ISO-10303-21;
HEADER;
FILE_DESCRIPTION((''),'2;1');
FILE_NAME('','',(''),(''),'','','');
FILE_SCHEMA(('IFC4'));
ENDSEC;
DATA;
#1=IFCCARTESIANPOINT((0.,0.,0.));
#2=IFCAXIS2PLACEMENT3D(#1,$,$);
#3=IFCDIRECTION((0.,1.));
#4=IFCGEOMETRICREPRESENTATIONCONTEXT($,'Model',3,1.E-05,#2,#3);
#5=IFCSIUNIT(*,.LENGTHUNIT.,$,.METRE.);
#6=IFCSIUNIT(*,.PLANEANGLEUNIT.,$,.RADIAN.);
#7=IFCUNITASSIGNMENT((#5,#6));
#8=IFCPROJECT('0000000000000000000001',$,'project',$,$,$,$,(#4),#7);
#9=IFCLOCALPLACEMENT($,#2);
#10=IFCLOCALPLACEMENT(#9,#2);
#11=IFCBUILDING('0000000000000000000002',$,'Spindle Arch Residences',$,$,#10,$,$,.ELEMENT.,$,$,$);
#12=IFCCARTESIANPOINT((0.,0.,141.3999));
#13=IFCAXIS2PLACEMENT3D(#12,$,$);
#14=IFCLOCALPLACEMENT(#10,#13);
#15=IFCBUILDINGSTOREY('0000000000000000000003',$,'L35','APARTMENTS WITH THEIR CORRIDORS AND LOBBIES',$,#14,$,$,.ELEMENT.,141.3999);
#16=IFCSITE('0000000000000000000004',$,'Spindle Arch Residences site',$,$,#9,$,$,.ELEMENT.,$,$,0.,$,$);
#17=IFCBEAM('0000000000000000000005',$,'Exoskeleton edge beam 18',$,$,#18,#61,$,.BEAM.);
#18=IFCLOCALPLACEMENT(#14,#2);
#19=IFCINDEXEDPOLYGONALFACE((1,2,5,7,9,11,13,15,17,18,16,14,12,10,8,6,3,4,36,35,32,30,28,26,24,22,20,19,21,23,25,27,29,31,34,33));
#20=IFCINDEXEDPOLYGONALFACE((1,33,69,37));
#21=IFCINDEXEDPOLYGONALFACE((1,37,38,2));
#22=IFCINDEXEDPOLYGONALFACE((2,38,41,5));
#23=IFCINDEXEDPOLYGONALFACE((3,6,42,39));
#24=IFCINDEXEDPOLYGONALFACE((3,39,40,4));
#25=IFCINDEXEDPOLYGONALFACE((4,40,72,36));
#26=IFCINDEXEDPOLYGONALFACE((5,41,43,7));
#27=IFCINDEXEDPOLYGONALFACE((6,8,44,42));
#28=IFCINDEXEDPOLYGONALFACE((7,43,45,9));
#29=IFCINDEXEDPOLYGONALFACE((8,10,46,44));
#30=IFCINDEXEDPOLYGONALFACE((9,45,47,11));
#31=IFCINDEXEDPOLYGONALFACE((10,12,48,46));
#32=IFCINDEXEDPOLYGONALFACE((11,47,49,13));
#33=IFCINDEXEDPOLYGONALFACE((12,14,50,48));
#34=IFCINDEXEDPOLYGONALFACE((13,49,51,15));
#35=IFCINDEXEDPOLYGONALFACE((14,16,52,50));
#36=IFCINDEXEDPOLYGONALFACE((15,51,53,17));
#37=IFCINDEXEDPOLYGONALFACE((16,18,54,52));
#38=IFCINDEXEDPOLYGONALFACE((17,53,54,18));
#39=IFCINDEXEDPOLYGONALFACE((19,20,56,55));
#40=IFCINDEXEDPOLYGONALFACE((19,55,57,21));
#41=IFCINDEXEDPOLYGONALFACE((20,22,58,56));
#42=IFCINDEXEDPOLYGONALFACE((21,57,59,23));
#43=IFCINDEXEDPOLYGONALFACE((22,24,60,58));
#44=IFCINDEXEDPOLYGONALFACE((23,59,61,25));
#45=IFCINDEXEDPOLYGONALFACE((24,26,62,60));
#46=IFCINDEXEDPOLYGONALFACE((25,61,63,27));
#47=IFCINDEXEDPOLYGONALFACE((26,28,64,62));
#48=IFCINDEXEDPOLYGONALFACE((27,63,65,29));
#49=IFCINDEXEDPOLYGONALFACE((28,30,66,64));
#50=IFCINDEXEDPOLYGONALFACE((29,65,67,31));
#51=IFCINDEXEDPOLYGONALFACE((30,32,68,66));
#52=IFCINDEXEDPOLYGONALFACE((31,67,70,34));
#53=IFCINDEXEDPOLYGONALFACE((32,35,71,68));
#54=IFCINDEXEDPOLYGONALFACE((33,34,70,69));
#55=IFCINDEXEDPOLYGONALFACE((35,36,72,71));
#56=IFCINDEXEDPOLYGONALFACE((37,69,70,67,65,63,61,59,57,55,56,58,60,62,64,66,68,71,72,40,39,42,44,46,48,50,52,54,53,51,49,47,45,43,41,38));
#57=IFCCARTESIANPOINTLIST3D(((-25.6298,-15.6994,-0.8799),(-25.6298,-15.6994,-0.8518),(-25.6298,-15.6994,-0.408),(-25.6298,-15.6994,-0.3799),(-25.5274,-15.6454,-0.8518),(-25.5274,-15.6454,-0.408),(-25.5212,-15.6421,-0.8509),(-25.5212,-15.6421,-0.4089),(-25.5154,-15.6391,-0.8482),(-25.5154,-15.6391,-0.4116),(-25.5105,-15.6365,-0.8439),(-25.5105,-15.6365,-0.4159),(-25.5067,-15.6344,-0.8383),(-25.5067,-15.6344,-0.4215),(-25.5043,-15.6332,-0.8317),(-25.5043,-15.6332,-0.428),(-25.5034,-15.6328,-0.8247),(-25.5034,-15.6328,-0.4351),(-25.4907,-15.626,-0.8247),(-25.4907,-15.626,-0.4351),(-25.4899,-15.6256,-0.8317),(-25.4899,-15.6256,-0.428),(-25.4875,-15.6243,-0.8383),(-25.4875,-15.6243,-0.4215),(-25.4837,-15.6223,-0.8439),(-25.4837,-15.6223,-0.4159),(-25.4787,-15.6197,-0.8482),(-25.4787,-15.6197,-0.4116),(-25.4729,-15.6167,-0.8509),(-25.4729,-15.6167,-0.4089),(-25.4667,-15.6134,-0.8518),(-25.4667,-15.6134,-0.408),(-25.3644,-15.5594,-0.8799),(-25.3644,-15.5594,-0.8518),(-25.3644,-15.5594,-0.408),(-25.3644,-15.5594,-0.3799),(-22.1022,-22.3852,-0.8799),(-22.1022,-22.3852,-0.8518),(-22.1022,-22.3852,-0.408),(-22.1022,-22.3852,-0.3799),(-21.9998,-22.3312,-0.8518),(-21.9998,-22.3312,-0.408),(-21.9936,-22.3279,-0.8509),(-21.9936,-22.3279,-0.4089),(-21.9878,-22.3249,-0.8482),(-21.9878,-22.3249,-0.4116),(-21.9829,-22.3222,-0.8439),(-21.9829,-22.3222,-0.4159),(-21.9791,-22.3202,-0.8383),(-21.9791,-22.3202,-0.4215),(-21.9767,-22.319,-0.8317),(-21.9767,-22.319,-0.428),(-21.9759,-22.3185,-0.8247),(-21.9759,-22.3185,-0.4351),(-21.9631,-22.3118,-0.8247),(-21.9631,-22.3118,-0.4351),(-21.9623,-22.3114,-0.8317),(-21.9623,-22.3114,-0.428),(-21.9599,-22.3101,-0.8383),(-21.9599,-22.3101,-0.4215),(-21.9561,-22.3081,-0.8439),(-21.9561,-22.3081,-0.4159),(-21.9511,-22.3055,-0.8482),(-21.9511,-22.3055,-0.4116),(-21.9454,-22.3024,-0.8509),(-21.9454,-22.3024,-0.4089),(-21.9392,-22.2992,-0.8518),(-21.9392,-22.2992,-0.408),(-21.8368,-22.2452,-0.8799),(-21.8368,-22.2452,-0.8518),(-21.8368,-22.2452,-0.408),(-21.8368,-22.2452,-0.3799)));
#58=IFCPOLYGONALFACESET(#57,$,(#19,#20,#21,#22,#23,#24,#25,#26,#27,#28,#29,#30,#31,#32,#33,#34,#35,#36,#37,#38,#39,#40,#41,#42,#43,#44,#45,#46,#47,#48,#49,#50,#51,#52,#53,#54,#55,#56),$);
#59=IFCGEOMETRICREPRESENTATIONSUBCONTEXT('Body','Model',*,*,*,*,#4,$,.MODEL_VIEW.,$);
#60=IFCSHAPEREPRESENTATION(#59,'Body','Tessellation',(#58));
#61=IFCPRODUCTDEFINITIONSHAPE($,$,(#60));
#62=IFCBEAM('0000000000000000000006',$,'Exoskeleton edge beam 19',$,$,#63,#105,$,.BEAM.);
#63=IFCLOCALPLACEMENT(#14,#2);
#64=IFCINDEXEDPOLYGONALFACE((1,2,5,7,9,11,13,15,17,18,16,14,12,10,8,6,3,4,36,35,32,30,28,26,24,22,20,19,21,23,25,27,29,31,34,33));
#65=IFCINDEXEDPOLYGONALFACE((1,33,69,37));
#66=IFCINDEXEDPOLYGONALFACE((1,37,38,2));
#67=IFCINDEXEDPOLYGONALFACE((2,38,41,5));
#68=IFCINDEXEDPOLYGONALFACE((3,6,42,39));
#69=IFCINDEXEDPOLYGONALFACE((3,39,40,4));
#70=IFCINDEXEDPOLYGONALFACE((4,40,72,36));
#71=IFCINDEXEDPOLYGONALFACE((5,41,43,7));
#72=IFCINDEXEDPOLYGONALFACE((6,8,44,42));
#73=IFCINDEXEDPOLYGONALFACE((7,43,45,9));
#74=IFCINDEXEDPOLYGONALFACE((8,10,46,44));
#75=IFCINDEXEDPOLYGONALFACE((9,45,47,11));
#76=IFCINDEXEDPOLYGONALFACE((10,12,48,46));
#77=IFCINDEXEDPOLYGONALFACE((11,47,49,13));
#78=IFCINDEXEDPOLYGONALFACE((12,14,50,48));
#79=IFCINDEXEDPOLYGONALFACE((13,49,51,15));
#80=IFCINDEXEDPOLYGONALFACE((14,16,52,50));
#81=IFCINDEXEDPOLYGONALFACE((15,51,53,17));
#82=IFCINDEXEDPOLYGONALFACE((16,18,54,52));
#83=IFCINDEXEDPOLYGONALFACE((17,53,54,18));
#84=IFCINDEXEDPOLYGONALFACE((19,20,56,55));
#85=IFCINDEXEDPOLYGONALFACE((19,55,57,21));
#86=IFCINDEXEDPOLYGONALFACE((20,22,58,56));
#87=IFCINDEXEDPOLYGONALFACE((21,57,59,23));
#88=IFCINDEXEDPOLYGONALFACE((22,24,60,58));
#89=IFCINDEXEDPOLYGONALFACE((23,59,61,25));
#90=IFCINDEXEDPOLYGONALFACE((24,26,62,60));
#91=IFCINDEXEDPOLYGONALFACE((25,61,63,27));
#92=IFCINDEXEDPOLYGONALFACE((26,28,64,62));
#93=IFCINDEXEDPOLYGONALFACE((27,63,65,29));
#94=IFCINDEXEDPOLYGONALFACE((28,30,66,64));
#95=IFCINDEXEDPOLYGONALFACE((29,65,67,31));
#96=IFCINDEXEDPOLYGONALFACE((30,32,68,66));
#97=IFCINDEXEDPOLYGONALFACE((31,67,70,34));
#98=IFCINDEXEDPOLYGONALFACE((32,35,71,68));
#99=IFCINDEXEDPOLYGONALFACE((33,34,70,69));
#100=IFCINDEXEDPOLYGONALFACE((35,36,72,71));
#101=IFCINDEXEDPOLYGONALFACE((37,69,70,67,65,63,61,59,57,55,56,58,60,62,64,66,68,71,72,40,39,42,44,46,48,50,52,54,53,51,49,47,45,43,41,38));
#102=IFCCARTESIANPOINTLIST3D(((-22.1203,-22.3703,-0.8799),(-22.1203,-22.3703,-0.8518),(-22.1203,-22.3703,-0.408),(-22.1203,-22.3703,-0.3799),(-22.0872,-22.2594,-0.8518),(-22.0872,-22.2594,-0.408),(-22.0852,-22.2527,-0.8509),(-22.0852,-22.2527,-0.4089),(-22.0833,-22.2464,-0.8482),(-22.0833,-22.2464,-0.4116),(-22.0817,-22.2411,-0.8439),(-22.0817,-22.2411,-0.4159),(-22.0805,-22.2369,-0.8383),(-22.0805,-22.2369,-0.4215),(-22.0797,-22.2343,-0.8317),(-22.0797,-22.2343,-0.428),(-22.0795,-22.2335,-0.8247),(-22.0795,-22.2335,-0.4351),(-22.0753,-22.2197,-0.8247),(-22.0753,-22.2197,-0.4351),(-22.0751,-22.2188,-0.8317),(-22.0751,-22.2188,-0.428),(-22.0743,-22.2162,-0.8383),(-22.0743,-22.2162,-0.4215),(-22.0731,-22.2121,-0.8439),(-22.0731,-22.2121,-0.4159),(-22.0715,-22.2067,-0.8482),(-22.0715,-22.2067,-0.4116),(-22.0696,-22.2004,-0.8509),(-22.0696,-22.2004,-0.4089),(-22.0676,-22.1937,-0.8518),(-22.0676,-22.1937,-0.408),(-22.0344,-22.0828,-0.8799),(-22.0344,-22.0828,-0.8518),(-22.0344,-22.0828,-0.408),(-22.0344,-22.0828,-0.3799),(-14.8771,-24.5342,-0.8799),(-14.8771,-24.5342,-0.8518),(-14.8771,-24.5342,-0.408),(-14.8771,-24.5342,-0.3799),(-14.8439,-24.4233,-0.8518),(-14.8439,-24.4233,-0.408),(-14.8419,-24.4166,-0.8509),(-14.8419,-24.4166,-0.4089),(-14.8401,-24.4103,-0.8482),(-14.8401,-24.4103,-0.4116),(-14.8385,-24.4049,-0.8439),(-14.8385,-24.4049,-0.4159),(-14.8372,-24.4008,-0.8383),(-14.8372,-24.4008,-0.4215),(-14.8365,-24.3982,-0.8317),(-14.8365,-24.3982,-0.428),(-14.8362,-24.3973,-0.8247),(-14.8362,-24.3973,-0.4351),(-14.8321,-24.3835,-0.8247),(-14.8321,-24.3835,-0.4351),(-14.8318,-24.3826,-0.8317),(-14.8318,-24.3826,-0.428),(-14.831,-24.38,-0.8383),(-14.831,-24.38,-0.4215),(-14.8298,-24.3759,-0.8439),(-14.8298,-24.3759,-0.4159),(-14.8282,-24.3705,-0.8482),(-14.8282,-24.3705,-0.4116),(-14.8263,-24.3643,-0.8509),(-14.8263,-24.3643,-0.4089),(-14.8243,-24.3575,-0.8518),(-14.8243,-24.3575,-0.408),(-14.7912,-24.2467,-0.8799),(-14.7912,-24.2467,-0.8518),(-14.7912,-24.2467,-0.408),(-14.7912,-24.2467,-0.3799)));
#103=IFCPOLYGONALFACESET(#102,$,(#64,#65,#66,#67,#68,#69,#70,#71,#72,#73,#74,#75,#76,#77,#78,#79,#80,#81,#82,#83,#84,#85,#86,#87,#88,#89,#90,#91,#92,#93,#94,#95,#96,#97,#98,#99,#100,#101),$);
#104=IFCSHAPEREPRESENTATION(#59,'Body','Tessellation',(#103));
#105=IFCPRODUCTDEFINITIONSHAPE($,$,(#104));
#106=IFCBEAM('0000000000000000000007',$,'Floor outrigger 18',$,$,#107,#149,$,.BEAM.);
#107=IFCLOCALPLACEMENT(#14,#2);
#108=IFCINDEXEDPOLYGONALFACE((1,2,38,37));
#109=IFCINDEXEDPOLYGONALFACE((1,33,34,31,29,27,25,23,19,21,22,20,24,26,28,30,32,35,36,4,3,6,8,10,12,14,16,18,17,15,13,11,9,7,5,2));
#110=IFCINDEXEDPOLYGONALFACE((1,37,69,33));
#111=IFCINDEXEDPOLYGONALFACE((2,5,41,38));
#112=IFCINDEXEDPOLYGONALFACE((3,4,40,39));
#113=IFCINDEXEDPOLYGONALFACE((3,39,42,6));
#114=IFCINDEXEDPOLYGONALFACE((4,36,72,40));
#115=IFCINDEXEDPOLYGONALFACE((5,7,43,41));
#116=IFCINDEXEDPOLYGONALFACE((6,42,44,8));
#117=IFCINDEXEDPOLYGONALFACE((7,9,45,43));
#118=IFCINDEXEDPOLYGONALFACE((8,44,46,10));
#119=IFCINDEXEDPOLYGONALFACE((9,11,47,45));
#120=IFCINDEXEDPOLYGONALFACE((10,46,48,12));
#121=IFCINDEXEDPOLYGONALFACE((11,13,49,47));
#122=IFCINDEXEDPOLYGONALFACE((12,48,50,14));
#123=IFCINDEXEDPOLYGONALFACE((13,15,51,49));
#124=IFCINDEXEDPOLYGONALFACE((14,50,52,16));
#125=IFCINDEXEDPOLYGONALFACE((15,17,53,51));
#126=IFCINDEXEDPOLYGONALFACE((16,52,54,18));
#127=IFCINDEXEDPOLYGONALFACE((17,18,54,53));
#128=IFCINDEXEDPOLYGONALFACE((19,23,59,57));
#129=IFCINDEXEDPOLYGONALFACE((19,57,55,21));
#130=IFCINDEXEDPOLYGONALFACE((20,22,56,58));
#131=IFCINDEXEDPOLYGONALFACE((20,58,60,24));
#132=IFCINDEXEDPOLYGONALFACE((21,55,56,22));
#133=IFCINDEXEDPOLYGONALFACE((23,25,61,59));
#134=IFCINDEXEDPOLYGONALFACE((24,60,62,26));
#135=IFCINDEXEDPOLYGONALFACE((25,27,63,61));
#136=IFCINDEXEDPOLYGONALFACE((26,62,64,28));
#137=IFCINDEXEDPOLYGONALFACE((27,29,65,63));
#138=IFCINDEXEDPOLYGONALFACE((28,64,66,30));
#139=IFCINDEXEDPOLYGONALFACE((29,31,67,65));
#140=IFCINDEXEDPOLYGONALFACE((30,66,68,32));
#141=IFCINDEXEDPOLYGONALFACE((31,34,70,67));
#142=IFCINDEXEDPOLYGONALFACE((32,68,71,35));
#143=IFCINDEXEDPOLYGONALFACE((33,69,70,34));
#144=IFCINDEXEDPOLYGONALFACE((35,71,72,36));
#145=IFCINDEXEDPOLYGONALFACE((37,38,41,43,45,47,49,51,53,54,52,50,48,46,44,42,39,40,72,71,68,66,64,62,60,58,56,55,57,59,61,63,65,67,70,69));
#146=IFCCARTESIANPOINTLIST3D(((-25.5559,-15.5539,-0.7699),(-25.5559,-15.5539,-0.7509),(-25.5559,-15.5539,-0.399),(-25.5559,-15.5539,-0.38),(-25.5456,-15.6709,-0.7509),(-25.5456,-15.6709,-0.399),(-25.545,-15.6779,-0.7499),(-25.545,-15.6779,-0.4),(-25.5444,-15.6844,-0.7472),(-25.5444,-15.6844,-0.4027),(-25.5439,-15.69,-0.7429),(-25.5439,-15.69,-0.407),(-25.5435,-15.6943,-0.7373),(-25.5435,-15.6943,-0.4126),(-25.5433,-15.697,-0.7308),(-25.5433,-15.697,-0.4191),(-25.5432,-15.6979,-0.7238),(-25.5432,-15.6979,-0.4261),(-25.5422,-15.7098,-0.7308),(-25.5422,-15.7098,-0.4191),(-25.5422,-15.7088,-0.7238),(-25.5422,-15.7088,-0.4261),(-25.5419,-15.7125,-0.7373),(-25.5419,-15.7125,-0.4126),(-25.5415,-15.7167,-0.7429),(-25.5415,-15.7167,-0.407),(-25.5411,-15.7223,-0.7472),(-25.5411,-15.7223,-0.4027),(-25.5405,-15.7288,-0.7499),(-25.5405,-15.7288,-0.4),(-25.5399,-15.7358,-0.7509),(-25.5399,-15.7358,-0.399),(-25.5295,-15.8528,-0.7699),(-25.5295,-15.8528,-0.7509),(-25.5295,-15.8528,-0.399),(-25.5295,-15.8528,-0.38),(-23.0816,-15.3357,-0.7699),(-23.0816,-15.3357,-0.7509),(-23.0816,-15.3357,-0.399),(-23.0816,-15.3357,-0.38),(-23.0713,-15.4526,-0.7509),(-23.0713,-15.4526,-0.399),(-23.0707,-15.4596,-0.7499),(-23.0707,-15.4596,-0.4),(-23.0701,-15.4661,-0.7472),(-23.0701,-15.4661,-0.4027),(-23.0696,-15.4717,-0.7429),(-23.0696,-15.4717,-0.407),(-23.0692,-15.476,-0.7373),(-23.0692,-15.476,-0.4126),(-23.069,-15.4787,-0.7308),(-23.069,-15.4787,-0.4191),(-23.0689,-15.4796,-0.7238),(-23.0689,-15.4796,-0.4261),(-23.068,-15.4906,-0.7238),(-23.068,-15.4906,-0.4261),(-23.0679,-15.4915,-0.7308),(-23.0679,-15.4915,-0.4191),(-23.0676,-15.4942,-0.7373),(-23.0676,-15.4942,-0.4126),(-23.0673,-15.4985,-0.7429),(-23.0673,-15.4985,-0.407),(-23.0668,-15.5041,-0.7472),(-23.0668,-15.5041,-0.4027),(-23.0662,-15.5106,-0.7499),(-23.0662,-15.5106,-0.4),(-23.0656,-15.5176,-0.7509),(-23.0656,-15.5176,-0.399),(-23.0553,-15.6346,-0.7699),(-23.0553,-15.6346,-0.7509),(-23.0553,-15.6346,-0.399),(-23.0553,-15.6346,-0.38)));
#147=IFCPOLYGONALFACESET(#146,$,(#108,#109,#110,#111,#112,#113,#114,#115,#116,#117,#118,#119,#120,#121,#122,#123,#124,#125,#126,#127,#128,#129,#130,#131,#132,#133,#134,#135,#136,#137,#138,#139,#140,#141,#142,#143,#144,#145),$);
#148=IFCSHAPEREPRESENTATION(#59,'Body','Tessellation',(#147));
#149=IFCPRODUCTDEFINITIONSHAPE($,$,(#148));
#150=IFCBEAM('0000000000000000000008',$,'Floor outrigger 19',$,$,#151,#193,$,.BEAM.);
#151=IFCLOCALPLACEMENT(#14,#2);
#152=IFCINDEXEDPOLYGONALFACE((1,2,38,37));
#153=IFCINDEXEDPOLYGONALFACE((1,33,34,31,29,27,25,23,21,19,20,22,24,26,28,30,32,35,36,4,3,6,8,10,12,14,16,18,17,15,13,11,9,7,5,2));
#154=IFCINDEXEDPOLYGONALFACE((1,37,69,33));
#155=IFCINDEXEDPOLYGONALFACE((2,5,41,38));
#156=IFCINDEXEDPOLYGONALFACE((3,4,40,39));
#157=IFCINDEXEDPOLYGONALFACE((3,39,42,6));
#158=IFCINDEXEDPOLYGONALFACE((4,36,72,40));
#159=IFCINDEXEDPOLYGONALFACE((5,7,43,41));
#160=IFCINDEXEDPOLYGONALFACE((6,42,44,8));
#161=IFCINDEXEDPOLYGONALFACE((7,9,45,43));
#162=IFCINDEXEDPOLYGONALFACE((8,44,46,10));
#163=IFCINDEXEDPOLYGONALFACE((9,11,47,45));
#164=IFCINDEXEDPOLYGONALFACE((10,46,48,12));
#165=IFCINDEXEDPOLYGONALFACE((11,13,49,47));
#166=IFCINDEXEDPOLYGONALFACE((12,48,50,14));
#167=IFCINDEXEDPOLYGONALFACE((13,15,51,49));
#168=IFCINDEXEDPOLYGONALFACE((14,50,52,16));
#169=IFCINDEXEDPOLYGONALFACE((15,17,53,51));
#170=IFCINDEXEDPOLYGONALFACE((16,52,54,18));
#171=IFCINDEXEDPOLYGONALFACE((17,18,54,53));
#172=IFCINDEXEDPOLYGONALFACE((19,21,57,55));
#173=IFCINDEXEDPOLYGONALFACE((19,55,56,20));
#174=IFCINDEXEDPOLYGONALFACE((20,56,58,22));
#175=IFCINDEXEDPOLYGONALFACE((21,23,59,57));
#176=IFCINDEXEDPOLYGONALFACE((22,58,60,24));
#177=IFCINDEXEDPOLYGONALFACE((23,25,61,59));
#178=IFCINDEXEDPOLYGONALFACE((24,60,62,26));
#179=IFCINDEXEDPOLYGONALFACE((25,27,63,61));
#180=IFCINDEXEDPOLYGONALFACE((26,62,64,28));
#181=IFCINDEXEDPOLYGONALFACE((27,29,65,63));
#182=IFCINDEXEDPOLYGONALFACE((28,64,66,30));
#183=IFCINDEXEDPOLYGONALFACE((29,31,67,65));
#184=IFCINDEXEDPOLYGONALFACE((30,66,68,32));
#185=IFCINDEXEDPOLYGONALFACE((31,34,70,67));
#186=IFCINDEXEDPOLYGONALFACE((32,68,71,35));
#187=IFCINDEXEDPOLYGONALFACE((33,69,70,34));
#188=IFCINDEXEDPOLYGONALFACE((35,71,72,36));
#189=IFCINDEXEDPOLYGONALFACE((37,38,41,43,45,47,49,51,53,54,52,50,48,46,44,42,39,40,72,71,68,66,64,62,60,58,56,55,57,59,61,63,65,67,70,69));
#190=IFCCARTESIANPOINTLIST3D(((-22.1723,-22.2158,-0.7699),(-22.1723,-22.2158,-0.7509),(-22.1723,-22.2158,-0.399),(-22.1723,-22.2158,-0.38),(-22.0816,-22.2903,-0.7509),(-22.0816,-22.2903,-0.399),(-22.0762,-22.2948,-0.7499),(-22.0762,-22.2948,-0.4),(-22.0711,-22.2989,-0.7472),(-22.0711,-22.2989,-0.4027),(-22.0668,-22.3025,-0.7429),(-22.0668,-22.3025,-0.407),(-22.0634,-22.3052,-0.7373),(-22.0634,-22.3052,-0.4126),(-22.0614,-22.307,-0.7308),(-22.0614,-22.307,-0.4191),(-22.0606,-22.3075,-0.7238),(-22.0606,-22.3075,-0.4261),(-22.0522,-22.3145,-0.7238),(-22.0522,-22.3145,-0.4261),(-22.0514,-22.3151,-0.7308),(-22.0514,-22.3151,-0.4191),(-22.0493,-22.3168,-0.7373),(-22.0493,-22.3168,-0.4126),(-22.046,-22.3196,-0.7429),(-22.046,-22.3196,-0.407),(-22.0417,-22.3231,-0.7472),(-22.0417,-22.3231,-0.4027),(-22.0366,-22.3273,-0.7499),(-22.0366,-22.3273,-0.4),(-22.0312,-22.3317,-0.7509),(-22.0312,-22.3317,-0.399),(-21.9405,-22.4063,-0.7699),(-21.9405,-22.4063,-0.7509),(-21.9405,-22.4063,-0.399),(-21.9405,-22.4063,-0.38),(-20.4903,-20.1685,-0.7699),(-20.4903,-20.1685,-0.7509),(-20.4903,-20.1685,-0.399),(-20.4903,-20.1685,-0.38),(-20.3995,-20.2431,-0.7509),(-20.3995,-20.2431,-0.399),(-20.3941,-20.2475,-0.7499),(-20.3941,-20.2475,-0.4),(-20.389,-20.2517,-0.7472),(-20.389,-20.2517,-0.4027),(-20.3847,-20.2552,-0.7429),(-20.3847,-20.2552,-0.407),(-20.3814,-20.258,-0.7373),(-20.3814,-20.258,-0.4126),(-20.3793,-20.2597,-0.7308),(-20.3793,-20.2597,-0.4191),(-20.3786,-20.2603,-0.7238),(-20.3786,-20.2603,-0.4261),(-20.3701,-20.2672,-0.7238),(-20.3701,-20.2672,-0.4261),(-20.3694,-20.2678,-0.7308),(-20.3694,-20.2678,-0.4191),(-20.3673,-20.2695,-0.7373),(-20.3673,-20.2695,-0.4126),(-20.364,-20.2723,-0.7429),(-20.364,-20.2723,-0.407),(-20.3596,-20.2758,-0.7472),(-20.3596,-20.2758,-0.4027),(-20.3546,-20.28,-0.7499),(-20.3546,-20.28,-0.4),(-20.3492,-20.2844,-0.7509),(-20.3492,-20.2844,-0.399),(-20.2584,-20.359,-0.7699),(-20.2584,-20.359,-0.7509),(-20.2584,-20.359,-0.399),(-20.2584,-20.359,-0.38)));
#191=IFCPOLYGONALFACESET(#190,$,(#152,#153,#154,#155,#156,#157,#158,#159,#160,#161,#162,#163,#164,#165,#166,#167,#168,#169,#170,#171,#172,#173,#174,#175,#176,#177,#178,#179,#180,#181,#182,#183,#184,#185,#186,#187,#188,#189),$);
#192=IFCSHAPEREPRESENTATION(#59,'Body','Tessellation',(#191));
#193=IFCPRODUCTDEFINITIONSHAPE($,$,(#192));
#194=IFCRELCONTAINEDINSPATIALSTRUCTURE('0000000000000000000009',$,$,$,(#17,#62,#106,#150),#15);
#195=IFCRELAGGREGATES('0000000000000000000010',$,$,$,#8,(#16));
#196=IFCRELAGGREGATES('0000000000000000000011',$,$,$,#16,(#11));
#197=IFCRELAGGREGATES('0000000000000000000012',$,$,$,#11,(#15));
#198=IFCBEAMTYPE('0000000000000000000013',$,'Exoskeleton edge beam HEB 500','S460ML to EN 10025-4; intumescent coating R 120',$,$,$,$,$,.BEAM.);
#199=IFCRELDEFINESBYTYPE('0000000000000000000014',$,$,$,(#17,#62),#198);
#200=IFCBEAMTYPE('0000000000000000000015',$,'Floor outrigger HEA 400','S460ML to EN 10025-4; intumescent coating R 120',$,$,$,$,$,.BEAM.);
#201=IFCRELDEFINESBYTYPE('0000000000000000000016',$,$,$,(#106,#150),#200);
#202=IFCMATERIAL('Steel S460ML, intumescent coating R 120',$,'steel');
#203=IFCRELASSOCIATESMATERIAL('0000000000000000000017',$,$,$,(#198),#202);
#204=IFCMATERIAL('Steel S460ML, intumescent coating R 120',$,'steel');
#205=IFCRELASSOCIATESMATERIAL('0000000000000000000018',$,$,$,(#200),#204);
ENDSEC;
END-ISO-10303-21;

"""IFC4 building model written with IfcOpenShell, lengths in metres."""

from ifc_helpers import new_model, si_unit, direction, frame, origin, origin_2d, place, context, subcontext, project, spatial, i_section, extrude, material, material_profile, profile_set, type_object, element, save


model = new_model("IFC4")

# Units and contexts
model_context = context("Model", 3, precision=1e-05, world=origin(), true_north=direction((0.0, 1.0)))
body_context = subcontext(model_context, "Body", "Model", "MODEL_VIEW")
ifc_project = project(units=[si_unit("LENGTHUNIT", "METRE"), si_unit("PLANEANGLEUNIT", "RADIAN")], contexts=[model_context])

# Site, building, storey
site_placement = place(None, origin())
site = spatial("IfcSite", under=ifc_project, at=site_placement, Name="Spindle Arch Residences site", CompositionType="ELEMENT", RefElevation=0.0)
building_placement = place(site_placement, origin())
building = spatial("IfcBuilding", under=site, at=building_placement, Name="Spindle Arch Residences", CompositionType="ELEMENT")
storey_placement = place(building_placement, frame((0.0, 0.0, 141.3999)))
storey = spatial("IfcBuildingStorey", under=building, at=storey_placement, Name="L35", Description="APARTMENTS WITH THEIR CORRIDORS AND LOBBIES", CompositionType="ELEMENT", Elevation=141.3999)

# Beams
ifc_material_1 = material(Name="Steel S460ML, intumescent coating R 120", Category="steel")
ifc_material_profile_1 = material_profile(ifc_material_1, i_section(OverallWidth=0.3, OverallDepth=0.5, WebThickness=0.0144, FlangeThickness=0.0281, FilletRadius=0.0271, at=origin_2d()), Name="HEB 500")
ifc_profile_set_1 = profile_set([ifc_material_profile_1], Name="Steel S460ML, intumescent coating R 120")
beam_type_1 = type_object("IfcBeamType", Name="Exoskeleton edge beam HEB 500", Description="S460ML to EN 10025-4; intumescent coating R 120", PredefinedType="BEAM", material=ifc_profile_set_1)
beam_1_placement = place(storey_placement, frame((-25.4971, -15.6294, -0.6299), z_axis=(0.466653, -0.884441, 0.0), x_axis=(0.884441, 0.466653, 0.0)))
element("IfcBeam", 1, at=beam_1_placement, inside=storey, type_object=beam_type_1, Name="Exoskeleton edge beam 18", PredefinedType="BEAM", context=body_context, shape_type="SweptSolid", body=[
    extrude(i_section(OverallWidth=0.3, OverallDepth=0.5, WebThickness=0.0144, FlangeThickness=0.0281, FilletRadius=0.0271, at=origin_2d()), origin(), (0.0, 0.0, 1.0), 7.5593),
])
beam_2_placement = place(storey_placement, frame((-22.0774, -22.2266, -0.6299), z_axis=(0.958158, -0.28624, 0.0), x_axis=(0.28624, 0.958158, 0.0)))
element("IfcBeam", 2, at=beam_2_placement, inside=storey, type_object=beam_type_1, Name="Exoskeleton edge beam 19", PredefinedType="BEAM", context=body_context, shape_type="SweptSolid", body=[
    extrude(i_section(OverallWidth=0.3, OverallDepth=0.5, WebThickness=0.0144, FlangeThickness=0.0281, FilletRadius=0.0271, at=origin_2d()), origin(), (0.0, 0.0, 1.0), 7.5596),
])
ifc_material_2 = material(Name="Steel S460ML, intumescent coating R 120", Category="steel")
ifc_material_profile_2 = material_profile(ifc_material_2, i_section(OverallWidth=0.3, OverallDepth=0.3899, WebThickness=0.011, FlangeThickness=0.019, FilletRadius=0.0271, at=origin_2d()), Name="HEA 400")
ifc_profile_set_2 = profile_set([ifc_material_profile_2], Name="Steel S460ML, intumescent coating R 120")
beam_type_2 = type_object("IfcBeamType", Name="Floor outrigger HEA 400", Description="S460ML to EN 10025-4; intumescent coating R 120", PredefinedType="BEAM", material=ifc_profile_set_2)
beam_3_placement = place(storey_placement, frame((-25.5427, -15.7034, -0.575), z_axis=(0.996132, 0.087868, 0.0), x_axis=(-0.087868, 0.996132, 0.0)))
element("IfcBeam", 3, at=beam_3_placement, inside=storey, type_object=beam_type_2, Name="Floor outrigger 18", PredefinedType="BEAM", context=body_context, shape_type="SweptSolid", body=[
    extrude(i_section(OverallWidth=0.3, OverallDepth=0.3899, WebThickness=0.011, FlangeThickness=0.019, FilletRadius=0.0271, at=origin_2d()), origin(), (0.0, 0.0, 1.0), 2.4839),
])
beam_4_placement = place(storey_placement, frame((-22.0564, -22.311, -0.575), z_axis=(0.634822, 0.772658, 0.0), x_axis=(-0.772658, 0.634822, 0.0)))
element("IfcBeam", 4, at=beam_4_placement, inside=storey, type_object=beam_type_2, Name="Floor outrigger 19", PredefinedType="BEAM", context=body_context, shape_type="SweptSolid", body=[
    extrude(i_section(OverallWidth=0.3, OverallDepth=0.3899, WebThickness=0.011, FlangeThickness=0.019, FilletRadius=0.0271, at=origin_2d()), origin(), (0.0, 0.0, 1.0), 2.6497),
])

save(model, "model.ifc")
